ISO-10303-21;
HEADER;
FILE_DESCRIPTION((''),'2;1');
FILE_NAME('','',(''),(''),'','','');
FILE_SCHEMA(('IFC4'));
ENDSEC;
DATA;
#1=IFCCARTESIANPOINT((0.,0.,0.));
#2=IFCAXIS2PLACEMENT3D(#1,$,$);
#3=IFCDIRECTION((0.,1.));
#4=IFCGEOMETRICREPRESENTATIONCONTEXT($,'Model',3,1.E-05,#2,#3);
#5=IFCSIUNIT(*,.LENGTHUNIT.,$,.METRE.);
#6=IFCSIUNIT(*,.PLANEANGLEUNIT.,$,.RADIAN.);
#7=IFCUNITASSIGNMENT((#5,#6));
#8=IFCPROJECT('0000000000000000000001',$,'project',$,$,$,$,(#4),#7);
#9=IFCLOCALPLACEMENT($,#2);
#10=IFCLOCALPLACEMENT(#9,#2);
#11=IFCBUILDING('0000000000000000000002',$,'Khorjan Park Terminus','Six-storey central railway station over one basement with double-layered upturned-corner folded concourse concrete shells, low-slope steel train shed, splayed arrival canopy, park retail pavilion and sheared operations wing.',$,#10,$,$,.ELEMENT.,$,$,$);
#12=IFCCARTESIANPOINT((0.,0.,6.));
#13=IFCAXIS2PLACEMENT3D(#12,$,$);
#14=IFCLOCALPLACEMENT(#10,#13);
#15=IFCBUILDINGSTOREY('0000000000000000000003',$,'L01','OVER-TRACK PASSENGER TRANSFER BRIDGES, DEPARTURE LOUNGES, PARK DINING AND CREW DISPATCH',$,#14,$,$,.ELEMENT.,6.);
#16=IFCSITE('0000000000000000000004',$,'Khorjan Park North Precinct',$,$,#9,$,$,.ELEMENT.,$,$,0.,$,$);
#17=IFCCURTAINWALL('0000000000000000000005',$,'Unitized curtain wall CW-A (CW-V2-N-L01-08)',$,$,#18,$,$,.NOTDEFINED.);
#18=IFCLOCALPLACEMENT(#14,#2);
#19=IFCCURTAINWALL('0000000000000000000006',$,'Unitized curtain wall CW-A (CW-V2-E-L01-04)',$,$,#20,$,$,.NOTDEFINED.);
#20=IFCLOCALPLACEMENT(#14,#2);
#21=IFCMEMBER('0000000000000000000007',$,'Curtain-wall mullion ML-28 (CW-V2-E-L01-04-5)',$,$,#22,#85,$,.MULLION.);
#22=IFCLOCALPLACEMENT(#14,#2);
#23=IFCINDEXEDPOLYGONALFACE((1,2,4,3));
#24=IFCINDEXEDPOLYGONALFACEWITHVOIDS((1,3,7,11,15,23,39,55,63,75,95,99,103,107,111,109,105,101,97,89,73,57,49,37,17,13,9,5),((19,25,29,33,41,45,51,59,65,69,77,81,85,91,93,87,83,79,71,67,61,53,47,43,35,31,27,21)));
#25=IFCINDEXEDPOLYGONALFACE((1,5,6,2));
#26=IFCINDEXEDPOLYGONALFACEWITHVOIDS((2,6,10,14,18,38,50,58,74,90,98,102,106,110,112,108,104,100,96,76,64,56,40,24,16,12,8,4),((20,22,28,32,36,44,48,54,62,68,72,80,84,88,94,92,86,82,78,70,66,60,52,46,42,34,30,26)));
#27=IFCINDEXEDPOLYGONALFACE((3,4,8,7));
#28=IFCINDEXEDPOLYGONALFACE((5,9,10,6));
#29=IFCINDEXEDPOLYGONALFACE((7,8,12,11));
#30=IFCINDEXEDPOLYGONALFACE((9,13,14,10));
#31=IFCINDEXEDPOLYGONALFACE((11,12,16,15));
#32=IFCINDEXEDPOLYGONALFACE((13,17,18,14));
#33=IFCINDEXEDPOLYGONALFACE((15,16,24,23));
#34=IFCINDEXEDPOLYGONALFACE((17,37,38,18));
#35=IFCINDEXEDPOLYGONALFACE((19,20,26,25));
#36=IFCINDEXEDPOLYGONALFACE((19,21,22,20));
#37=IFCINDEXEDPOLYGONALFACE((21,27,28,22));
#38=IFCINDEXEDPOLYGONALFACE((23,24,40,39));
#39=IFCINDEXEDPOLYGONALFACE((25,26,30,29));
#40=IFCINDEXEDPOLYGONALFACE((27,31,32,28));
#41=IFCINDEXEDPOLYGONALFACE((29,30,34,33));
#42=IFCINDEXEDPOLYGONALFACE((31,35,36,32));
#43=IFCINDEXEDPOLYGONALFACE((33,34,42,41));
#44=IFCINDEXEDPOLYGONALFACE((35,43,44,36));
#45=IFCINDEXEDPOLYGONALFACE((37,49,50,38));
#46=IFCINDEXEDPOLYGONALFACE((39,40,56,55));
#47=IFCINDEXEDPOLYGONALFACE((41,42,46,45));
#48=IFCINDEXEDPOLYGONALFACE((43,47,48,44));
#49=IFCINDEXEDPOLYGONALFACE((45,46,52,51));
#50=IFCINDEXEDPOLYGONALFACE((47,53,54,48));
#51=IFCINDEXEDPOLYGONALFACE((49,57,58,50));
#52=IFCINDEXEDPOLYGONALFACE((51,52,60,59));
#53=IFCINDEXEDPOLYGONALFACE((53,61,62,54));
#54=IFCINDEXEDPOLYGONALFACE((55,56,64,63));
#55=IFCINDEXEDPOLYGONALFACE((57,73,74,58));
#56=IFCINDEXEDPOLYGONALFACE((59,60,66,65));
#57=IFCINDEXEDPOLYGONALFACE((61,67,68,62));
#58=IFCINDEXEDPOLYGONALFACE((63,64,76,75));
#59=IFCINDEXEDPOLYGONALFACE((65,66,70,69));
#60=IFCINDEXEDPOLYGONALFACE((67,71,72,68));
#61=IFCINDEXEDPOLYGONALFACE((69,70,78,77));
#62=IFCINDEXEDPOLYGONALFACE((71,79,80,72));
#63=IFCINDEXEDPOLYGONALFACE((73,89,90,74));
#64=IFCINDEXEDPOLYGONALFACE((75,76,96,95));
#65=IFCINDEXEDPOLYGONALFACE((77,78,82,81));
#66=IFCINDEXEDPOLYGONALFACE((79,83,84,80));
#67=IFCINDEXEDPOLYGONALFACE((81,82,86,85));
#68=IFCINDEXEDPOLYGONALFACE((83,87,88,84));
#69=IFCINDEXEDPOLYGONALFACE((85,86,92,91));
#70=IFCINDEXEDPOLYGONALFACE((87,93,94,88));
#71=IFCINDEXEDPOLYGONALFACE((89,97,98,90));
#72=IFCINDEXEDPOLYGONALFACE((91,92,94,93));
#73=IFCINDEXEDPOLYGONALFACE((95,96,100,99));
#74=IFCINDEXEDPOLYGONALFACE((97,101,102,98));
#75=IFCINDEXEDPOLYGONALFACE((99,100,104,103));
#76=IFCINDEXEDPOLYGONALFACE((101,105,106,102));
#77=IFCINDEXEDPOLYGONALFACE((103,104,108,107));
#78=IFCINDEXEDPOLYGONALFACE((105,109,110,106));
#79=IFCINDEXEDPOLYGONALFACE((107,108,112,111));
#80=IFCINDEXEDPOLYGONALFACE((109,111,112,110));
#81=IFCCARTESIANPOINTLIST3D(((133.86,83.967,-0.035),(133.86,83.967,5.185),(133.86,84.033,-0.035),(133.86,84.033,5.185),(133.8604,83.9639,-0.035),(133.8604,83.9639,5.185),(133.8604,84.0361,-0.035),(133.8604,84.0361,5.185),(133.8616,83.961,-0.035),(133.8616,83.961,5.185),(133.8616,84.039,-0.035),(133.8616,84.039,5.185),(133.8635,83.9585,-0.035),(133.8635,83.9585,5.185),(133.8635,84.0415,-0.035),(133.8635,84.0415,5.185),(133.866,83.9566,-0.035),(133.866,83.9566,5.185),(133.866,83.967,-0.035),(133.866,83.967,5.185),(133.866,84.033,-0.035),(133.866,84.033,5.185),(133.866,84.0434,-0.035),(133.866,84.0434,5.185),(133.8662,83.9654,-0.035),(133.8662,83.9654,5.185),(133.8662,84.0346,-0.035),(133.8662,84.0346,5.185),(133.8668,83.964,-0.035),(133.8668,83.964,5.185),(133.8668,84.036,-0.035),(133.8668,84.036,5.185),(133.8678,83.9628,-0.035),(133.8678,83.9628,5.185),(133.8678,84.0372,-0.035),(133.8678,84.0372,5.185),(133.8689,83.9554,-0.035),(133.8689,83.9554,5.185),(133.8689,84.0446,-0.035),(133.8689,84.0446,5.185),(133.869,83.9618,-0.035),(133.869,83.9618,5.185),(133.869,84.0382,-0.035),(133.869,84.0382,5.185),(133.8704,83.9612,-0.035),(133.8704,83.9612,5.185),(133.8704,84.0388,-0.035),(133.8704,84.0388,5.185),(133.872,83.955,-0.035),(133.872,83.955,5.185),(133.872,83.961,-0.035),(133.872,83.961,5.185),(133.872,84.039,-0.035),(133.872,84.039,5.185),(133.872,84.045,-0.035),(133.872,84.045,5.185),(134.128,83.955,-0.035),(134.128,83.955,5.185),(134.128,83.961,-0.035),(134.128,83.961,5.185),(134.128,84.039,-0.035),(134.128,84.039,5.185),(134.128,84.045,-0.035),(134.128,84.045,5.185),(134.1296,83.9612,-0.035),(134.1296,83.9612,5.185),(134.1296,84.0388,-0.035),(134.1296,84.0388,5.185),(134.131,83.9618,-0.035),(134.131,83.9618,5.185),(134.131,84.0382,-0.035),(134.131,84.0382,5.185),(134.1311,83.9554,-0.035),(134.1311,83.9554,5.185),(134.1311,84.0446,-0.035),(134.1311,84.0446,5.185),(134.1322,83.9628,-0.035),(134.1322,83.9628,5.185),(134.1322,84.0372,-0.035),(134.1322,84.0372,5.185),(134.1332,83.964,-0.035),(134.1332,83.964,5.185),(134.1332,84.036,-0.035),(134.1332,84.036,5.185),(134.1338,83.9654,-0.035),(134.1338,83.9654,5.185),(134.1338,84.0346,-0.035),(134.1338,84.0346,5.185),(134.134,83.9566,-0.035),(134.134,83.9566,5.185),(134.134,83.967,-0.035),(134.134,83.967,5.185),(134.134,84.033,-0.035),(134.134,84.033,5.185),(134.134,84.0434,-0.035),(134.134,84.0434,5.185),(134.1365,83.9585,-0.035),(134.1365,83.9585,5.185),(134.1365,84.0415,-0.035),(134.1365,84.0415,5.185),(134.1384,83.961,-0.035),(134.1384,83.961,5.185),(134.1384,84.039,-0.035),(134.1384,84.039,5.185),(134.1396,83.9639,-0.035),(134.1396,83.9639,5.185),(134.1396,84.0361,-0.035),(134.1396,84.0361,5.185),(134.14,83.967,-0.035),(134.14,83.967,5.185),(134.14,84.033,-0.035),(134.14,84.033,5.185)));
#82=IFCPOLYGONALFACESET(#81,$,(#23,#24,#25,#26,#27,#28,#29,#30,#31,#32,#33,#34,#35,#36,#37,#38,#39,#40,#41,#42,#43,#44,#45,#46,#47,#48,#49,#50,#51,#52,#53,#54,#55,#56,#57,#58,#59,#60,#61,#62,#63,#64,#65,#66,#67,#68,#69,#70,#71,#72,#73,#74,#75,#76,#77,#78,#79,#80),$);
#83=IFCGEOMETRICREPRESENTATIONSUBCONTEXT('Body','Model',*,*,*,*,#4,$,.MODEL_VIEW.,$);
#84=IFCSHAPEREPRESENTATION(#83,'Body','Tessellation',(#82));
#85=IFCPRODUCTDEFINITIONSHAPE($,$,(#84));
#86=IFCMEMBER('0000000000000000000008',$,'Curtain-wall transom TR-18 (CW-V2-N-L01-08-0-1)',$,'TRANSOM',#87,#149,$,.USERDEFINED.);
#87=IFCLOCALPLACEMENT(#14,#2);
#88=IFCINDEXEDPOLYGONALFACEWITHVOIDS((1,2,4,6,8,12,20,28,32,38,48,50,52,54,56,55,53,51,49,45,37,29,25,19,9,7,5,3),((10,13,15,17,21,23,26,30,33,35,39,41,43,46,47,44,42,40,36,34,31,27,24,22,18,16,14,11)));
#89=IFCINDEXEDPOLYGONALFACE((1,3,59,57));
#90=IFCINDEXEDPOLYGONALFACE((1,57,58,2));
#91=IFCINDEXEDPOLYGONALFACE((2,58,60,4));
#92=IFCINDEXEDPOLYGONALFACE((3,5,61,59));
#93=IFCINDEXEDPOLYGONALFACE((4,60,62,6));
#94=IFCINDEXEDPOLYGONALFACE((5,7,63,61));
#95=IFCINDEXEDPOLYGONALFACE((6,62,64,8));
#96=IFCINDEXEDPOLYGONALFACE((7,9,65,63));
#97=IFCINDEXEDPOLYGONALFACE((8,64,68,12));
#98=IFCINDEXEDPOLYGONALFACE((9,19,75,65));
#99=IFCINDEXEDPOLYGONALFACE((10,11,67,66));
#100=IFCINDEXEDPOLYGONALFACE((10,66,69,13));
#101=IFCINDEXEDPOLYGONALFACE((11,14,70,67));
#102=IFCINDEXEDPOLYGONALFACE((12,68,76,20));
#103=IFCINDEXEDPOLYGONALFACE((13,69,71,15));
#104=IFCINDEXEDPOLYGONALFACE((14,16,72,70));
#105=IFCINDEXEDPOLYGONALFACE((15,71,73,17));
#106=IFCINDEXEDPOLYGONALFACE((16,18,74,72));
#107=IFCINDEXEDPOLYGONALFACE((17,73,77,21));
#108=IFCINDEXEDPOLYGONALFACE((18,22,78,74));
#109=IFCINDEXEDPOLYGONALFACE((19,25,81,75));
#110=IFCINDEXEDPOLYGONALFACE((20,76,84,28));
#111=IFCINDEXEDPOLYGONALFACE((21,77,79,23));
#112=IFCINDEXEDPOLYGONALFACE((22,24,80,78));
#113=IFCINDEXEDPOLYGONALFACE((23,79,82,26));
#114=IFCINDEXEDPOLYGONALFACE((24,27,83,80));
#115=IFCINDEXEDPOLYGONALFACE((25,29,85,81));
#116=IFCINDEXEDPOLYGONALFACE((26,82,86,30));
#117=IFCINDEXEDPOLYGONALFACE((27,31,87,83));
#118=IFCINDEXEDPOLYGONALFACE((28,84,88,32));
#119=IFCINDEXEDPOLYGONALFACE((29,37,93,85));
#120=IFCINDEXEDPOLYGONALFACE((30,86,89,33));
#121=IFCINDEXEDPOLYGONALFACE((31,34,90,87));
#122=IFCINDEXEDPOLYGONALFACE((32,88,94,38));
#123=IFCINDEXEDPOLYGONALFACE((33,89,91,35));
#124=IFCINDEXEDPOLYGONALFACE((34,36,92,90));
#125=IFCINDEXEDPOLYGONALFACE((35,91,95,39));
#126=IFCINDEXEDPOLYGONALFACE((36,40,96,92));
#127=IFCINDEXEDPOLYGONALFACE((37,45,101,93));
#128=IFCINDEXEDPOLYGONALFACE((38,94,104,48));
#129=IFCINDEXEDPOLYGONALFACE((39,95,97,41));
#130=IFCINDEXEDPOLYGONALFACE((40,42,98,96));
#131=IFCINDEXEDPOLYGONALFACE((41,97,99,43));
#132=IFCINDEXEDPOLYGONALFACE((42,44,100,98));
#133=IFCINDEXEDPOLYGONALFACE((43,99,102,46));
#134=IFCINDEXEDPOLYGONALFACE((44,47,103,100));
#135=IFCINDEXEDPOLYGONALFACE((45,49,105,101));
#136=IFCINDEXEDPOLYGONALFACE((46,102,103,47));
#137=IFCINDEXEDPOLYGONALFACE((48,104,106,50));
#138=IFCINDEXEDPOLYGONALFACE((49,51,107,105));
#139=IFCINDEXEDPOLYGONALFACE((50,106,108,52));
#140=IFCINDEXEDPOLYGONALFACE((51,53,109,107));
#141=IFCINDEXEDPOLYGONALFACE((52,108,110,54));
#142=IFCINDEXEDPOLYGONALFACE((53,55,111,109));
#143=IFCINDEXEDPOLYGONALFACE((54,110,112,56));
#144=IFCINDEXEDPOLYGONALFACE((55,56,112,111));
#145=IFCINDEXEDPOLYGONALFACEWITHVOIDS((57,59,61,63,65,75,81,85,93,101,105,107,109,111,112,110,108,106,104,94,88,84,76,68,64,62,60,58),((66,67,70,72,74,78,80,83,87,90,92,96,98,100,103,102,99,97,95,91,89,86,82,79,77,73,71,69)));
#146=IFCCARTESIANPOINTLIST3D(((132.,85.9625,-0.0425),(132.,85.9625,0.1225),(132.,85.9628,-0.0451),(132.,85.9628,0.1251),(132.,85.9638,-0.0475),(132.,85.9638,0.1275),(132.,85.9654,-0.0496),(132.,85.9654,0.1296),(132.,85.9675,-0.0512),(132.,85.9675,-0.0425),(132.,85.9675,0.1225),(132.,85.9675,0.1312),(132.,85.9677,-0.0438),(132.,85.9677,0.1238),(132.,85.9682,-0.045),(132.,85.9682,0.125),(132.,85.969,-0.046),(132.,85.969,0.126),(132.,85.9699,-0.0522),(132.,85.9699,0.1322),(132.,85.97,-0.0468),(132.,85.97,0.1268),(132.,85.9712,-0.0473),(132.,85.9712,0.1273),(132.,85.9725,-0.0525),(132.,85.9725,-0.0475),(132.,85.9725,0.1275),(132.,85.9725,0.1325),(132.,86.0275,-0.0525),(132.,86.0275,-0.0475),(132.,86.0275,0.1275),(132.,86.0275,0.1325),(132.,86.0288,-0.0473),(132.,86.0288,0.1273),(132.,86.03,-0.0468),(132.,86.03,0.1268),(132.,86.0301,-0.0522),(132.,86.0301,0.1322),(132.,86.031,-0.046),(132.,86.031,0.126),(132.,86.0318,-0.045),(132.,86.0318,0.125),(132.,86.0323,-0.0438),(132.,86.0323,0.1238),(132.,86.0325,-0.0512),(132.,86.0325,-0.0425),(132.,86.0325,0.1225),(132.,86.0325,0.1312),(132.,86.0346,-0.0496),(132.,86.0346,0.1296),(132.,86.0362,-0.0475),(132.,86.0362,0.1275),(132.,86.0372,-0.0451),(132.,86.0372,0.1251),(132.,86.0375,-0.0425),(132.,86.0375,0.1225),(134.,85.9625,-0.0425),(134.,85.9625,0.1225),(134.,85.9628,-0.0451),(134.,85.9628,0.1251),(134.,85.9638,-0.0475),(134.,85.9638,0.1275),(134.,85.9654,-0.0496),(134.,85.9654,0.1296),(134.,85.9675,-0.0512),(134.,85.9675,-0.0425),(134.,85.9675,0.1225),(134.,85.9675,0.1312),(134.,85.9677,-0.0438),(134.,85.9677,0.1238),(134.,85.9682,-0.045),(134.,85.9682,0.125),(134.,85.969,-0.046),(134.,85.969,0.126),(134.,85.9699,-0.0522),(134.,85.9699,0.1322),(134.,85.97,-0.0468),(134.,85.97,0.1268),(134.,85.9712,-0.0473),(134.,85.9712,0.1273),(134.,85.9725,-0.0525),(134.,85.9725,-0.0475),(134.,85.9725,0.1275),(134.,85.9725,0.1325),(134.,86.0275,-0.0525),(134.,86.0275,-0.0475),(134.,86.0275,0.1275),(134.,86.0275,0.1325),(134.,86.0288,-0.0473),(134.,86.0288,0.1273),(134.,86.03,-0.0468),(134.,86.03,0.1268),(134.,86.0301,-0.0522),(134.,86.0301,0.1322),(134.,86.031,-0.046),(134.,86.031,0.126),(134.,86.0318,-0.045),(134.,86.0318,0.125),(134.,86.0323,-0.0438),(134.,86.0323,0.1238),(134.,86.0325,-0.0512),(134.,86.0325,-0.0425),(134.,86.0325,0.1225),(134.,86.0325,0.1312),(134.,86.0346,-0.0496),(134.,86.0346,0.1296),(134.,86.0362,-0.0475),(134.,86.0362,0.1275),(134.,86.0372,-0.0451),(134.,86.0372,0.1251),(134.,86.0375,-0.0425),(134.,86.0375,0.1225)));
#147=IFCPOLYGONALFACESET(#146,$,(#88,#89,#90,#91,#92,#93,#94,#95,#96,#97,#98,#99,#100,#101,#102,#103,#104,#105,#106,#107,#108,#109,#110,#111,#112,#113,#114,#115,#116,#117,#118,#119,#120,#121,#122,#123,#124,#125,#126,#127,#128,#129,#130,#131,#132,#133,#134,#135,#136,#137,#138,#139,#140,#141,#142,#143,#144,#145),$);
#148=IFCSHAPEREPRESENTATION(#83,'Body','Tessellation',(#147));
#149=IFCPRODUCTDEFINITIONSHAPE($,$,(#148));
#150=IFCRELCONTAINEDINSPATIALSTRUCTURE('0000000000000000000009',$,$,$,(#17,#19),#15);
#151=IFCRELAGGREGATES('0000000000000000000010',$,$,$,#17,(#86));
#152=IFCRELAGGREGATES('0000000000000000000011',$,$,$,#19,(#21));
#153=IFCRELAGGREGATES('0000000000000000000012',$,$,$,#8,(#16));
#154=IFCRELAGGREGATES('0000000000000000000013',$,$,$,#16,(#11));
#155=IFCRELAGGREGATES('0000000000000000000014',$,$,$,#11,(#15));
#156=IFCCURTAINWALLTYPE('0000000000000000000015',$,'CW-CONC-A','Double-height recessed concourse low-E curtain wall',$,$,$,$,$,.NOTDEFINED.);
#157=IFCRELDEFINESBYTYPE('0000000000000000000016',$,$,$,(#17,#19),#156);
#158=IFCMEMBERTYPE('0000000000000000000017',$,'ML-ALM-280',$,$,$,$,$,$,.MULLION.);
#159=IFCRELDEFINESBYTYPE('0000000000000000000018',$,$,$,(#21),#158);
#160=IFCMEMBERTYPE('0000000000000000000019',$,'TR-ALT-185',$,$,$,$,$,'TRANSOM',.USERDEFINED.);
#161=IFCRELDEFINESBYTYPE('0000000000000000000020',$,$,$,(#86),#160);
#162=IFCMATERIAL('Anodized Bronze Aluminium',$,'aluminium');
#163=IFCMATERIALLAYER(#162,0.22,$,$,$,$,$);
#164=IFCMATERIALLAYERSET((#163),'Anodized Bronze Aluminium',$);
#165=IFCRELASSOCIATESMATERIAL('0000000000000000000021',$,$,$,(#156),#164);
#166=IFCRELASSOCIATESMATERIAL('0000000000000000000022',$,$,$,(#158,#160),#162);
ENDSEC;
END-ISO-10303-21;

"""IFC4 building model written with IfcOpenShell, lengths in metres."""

from ifc_helpers import new_model, si_unit, direction, frame, origin, origin_2d, place, context, subcontext, project, spatial, hollow_rectangle, extrude, material, layer, layer_set, material_profile, profile_set, type_object, element, aggregate, save


model = new_model("IFC4")

# Units and contexts
model_context = context("Model", 3, precision=1e-05, world=origin(), true_north=direction((0.0, 1.0)))
body_context = subcontext(model_context, "Body", "Model", "MODEL_VIEW")
ifc_project = project(units=[si_unit("LENGTHUNIT", "METRE"), si_unit("PLANEANGLEUNIT", "RADIAN")], contexts=[model_context])

# Site, building, storey
site_placement = place(None, origin())
site = spatial("IfcSite", under=ifc_project, at=site_placement, Name="Khorjan Park North Precinct", CompositionType="ELEMENT", RefElevation=0.0)
building_placement = place(site_placement, origin())
building = spatial("IfcBuilding", under=site, at=building_placement, Name="Khorjan Park Terminus", Description="Six-storey central railway station over one basement with double-layered upturned-corner folded concourse concrete shells, low-slope steel train shed, splayed arrival canopy, park retail pavilion and sheared operations wing.", CompositionType="ELEMENT")
storey_placement = place(building_placement, frame((0.0, 0.0, 6.0)))
storey = spatial("IfcBuildingStorey", under=building, at=storey_placement, Name="L01", Description="OVER-TRACK PASSENGER TRANSFER BRIDGES, DEPARTURE LOUNGES, PARK DINING AND CREW DISPATCH", CompositionType="ELEMENT", Elevation=6.0)

# Curtain wall
ifc_material_1 = material(Name="Anodized Bronze Aluminium", Category="aluminium")
ifc_layer_1 = layer(ifc_material_1, 0.22)
ifc_layer_set_1 = layer_set([ifc_layer_1], Name="Anodized Bronze Aluminium")
curtain_wall_type = type_object("IfcCurtainWallType", Name="CW-CONC-A", Description="Double-height recessed concourse low-E curtain wall", PredefinedType="NOTDEFINED", material=ifc_layer_set_1)
curtain_wall_1_placement = place(storey_placement, origin())
curtain_wall_1 = element("IfcCurtainWall", 1, at=curtain_wall_1_placement, inside=storey, type_object=curtain_wall_type, Name="Unitized curtain wall CW-A (CW-V2-N-L01-08)", PredefinedType="NOTDEFINED")
ifc_material_profile_1 = material_profile(ifc_material_1, hollow_rectangle(XDim=0.09, YDim=0.28, WallThickness=0.006, InnerFilletRadius=0.006, OuterFilletRadius=0.012, at=origin_2d()), Name="ALM 90x280x6")
ifc_profile_set_1 = profile_set([ifc_material_profile_1], Name="Anodized Bronze Aluminium")
member_type_1 = type_object("IfcMemberType", Name="ML-ALM-280", PredefinedType="MULLION", material=ifc_profile_set_1)

# Curtain wall, member
curtain_wall_2_placement = place(storey_placement, origin())
curtain_wall_2 = element("IfcCurtainWall", 2, at=curtain_wall_2_placement, inside=storey, type_object=curtain_wall_type, Name="Unitized curtain wall CW-A (CW-V2-E-L01-04)", PredefinedType="NOTDEFINED")
member_1_placement = place(storey_placement, frame((134.0, 84.0, -0.035), z_axis=(0.0, 0.0, 1.0), x_axis=(0.0, 1.0, 0.0)))
member_1 = element("IfcMember", 3, at=member_1_placement, type_object=member_type_1, Name="Curtain-wall mullion ML-28 (CW-V2-E-L01-04-5)", PredefinedType="MULLION", context=body_context, shape_type="SweptSolid", body=[
    extrude(hollow_rectangle(XDim=0.09, YDim=0.28, WallThickness=0.006, InnerFilletRadius=0.006, OuterFilletRadius=0.012, at=origin_2d()), origin(), (0.0, 0.0, 1.0), 5.22),
])

# Member
ifc_material_profile_2 = material_profile(ifc_material_1, hollow_rectangle(XDim=0.075, YDim=0.185, WallThickness=0.005, InnerFilletRadius=0.005, OuterFilletRadius=0.01, at=origin_2d()), Name="ALT 75x185x5")
ifc_profile_set_2 = profile_set([ifc_material_profile_2], Name="Anodized Bronze Aluminium")
member_type_2 = type_object("IfcMemberType", Name="TR-ALT-185", ElementType="TRANSOM", PredefinedType="USERDEFINED", material=ifc_profile_set_2)
member_2_placement = place(storey_placement, frame((134.0, 86.0, 0.04), z_axis=(-1.0, 0.0, 0.0), x_axis=(0.0, -1.0, 0.0)))
member_2 = element("IfcMember", 4, at=member_2_placement, type_object=member_type_2, Name="Curtain-wall transom TR-18 (CW-V2-N-L01-08-0-1)", ObjectType="TRANSOM", PredefinedType="USERDEFINED", context=body_context, shape_type="SweptSolid", body=[
    extrude(hollow_rectangle(XDim=0.075, YDim=0.185, WallThickness=0.005, InnerFilletRadius=0.005, OuterFilletRadius=0.01, at=origin_2d()), origin(), (0.0, 0.0, 1.0), 2.0),
])
aggregate(curtain_wall_1, [member_2])

aggregate(curtain_wall_2, [member_1])

save(model, "model.ifc")
